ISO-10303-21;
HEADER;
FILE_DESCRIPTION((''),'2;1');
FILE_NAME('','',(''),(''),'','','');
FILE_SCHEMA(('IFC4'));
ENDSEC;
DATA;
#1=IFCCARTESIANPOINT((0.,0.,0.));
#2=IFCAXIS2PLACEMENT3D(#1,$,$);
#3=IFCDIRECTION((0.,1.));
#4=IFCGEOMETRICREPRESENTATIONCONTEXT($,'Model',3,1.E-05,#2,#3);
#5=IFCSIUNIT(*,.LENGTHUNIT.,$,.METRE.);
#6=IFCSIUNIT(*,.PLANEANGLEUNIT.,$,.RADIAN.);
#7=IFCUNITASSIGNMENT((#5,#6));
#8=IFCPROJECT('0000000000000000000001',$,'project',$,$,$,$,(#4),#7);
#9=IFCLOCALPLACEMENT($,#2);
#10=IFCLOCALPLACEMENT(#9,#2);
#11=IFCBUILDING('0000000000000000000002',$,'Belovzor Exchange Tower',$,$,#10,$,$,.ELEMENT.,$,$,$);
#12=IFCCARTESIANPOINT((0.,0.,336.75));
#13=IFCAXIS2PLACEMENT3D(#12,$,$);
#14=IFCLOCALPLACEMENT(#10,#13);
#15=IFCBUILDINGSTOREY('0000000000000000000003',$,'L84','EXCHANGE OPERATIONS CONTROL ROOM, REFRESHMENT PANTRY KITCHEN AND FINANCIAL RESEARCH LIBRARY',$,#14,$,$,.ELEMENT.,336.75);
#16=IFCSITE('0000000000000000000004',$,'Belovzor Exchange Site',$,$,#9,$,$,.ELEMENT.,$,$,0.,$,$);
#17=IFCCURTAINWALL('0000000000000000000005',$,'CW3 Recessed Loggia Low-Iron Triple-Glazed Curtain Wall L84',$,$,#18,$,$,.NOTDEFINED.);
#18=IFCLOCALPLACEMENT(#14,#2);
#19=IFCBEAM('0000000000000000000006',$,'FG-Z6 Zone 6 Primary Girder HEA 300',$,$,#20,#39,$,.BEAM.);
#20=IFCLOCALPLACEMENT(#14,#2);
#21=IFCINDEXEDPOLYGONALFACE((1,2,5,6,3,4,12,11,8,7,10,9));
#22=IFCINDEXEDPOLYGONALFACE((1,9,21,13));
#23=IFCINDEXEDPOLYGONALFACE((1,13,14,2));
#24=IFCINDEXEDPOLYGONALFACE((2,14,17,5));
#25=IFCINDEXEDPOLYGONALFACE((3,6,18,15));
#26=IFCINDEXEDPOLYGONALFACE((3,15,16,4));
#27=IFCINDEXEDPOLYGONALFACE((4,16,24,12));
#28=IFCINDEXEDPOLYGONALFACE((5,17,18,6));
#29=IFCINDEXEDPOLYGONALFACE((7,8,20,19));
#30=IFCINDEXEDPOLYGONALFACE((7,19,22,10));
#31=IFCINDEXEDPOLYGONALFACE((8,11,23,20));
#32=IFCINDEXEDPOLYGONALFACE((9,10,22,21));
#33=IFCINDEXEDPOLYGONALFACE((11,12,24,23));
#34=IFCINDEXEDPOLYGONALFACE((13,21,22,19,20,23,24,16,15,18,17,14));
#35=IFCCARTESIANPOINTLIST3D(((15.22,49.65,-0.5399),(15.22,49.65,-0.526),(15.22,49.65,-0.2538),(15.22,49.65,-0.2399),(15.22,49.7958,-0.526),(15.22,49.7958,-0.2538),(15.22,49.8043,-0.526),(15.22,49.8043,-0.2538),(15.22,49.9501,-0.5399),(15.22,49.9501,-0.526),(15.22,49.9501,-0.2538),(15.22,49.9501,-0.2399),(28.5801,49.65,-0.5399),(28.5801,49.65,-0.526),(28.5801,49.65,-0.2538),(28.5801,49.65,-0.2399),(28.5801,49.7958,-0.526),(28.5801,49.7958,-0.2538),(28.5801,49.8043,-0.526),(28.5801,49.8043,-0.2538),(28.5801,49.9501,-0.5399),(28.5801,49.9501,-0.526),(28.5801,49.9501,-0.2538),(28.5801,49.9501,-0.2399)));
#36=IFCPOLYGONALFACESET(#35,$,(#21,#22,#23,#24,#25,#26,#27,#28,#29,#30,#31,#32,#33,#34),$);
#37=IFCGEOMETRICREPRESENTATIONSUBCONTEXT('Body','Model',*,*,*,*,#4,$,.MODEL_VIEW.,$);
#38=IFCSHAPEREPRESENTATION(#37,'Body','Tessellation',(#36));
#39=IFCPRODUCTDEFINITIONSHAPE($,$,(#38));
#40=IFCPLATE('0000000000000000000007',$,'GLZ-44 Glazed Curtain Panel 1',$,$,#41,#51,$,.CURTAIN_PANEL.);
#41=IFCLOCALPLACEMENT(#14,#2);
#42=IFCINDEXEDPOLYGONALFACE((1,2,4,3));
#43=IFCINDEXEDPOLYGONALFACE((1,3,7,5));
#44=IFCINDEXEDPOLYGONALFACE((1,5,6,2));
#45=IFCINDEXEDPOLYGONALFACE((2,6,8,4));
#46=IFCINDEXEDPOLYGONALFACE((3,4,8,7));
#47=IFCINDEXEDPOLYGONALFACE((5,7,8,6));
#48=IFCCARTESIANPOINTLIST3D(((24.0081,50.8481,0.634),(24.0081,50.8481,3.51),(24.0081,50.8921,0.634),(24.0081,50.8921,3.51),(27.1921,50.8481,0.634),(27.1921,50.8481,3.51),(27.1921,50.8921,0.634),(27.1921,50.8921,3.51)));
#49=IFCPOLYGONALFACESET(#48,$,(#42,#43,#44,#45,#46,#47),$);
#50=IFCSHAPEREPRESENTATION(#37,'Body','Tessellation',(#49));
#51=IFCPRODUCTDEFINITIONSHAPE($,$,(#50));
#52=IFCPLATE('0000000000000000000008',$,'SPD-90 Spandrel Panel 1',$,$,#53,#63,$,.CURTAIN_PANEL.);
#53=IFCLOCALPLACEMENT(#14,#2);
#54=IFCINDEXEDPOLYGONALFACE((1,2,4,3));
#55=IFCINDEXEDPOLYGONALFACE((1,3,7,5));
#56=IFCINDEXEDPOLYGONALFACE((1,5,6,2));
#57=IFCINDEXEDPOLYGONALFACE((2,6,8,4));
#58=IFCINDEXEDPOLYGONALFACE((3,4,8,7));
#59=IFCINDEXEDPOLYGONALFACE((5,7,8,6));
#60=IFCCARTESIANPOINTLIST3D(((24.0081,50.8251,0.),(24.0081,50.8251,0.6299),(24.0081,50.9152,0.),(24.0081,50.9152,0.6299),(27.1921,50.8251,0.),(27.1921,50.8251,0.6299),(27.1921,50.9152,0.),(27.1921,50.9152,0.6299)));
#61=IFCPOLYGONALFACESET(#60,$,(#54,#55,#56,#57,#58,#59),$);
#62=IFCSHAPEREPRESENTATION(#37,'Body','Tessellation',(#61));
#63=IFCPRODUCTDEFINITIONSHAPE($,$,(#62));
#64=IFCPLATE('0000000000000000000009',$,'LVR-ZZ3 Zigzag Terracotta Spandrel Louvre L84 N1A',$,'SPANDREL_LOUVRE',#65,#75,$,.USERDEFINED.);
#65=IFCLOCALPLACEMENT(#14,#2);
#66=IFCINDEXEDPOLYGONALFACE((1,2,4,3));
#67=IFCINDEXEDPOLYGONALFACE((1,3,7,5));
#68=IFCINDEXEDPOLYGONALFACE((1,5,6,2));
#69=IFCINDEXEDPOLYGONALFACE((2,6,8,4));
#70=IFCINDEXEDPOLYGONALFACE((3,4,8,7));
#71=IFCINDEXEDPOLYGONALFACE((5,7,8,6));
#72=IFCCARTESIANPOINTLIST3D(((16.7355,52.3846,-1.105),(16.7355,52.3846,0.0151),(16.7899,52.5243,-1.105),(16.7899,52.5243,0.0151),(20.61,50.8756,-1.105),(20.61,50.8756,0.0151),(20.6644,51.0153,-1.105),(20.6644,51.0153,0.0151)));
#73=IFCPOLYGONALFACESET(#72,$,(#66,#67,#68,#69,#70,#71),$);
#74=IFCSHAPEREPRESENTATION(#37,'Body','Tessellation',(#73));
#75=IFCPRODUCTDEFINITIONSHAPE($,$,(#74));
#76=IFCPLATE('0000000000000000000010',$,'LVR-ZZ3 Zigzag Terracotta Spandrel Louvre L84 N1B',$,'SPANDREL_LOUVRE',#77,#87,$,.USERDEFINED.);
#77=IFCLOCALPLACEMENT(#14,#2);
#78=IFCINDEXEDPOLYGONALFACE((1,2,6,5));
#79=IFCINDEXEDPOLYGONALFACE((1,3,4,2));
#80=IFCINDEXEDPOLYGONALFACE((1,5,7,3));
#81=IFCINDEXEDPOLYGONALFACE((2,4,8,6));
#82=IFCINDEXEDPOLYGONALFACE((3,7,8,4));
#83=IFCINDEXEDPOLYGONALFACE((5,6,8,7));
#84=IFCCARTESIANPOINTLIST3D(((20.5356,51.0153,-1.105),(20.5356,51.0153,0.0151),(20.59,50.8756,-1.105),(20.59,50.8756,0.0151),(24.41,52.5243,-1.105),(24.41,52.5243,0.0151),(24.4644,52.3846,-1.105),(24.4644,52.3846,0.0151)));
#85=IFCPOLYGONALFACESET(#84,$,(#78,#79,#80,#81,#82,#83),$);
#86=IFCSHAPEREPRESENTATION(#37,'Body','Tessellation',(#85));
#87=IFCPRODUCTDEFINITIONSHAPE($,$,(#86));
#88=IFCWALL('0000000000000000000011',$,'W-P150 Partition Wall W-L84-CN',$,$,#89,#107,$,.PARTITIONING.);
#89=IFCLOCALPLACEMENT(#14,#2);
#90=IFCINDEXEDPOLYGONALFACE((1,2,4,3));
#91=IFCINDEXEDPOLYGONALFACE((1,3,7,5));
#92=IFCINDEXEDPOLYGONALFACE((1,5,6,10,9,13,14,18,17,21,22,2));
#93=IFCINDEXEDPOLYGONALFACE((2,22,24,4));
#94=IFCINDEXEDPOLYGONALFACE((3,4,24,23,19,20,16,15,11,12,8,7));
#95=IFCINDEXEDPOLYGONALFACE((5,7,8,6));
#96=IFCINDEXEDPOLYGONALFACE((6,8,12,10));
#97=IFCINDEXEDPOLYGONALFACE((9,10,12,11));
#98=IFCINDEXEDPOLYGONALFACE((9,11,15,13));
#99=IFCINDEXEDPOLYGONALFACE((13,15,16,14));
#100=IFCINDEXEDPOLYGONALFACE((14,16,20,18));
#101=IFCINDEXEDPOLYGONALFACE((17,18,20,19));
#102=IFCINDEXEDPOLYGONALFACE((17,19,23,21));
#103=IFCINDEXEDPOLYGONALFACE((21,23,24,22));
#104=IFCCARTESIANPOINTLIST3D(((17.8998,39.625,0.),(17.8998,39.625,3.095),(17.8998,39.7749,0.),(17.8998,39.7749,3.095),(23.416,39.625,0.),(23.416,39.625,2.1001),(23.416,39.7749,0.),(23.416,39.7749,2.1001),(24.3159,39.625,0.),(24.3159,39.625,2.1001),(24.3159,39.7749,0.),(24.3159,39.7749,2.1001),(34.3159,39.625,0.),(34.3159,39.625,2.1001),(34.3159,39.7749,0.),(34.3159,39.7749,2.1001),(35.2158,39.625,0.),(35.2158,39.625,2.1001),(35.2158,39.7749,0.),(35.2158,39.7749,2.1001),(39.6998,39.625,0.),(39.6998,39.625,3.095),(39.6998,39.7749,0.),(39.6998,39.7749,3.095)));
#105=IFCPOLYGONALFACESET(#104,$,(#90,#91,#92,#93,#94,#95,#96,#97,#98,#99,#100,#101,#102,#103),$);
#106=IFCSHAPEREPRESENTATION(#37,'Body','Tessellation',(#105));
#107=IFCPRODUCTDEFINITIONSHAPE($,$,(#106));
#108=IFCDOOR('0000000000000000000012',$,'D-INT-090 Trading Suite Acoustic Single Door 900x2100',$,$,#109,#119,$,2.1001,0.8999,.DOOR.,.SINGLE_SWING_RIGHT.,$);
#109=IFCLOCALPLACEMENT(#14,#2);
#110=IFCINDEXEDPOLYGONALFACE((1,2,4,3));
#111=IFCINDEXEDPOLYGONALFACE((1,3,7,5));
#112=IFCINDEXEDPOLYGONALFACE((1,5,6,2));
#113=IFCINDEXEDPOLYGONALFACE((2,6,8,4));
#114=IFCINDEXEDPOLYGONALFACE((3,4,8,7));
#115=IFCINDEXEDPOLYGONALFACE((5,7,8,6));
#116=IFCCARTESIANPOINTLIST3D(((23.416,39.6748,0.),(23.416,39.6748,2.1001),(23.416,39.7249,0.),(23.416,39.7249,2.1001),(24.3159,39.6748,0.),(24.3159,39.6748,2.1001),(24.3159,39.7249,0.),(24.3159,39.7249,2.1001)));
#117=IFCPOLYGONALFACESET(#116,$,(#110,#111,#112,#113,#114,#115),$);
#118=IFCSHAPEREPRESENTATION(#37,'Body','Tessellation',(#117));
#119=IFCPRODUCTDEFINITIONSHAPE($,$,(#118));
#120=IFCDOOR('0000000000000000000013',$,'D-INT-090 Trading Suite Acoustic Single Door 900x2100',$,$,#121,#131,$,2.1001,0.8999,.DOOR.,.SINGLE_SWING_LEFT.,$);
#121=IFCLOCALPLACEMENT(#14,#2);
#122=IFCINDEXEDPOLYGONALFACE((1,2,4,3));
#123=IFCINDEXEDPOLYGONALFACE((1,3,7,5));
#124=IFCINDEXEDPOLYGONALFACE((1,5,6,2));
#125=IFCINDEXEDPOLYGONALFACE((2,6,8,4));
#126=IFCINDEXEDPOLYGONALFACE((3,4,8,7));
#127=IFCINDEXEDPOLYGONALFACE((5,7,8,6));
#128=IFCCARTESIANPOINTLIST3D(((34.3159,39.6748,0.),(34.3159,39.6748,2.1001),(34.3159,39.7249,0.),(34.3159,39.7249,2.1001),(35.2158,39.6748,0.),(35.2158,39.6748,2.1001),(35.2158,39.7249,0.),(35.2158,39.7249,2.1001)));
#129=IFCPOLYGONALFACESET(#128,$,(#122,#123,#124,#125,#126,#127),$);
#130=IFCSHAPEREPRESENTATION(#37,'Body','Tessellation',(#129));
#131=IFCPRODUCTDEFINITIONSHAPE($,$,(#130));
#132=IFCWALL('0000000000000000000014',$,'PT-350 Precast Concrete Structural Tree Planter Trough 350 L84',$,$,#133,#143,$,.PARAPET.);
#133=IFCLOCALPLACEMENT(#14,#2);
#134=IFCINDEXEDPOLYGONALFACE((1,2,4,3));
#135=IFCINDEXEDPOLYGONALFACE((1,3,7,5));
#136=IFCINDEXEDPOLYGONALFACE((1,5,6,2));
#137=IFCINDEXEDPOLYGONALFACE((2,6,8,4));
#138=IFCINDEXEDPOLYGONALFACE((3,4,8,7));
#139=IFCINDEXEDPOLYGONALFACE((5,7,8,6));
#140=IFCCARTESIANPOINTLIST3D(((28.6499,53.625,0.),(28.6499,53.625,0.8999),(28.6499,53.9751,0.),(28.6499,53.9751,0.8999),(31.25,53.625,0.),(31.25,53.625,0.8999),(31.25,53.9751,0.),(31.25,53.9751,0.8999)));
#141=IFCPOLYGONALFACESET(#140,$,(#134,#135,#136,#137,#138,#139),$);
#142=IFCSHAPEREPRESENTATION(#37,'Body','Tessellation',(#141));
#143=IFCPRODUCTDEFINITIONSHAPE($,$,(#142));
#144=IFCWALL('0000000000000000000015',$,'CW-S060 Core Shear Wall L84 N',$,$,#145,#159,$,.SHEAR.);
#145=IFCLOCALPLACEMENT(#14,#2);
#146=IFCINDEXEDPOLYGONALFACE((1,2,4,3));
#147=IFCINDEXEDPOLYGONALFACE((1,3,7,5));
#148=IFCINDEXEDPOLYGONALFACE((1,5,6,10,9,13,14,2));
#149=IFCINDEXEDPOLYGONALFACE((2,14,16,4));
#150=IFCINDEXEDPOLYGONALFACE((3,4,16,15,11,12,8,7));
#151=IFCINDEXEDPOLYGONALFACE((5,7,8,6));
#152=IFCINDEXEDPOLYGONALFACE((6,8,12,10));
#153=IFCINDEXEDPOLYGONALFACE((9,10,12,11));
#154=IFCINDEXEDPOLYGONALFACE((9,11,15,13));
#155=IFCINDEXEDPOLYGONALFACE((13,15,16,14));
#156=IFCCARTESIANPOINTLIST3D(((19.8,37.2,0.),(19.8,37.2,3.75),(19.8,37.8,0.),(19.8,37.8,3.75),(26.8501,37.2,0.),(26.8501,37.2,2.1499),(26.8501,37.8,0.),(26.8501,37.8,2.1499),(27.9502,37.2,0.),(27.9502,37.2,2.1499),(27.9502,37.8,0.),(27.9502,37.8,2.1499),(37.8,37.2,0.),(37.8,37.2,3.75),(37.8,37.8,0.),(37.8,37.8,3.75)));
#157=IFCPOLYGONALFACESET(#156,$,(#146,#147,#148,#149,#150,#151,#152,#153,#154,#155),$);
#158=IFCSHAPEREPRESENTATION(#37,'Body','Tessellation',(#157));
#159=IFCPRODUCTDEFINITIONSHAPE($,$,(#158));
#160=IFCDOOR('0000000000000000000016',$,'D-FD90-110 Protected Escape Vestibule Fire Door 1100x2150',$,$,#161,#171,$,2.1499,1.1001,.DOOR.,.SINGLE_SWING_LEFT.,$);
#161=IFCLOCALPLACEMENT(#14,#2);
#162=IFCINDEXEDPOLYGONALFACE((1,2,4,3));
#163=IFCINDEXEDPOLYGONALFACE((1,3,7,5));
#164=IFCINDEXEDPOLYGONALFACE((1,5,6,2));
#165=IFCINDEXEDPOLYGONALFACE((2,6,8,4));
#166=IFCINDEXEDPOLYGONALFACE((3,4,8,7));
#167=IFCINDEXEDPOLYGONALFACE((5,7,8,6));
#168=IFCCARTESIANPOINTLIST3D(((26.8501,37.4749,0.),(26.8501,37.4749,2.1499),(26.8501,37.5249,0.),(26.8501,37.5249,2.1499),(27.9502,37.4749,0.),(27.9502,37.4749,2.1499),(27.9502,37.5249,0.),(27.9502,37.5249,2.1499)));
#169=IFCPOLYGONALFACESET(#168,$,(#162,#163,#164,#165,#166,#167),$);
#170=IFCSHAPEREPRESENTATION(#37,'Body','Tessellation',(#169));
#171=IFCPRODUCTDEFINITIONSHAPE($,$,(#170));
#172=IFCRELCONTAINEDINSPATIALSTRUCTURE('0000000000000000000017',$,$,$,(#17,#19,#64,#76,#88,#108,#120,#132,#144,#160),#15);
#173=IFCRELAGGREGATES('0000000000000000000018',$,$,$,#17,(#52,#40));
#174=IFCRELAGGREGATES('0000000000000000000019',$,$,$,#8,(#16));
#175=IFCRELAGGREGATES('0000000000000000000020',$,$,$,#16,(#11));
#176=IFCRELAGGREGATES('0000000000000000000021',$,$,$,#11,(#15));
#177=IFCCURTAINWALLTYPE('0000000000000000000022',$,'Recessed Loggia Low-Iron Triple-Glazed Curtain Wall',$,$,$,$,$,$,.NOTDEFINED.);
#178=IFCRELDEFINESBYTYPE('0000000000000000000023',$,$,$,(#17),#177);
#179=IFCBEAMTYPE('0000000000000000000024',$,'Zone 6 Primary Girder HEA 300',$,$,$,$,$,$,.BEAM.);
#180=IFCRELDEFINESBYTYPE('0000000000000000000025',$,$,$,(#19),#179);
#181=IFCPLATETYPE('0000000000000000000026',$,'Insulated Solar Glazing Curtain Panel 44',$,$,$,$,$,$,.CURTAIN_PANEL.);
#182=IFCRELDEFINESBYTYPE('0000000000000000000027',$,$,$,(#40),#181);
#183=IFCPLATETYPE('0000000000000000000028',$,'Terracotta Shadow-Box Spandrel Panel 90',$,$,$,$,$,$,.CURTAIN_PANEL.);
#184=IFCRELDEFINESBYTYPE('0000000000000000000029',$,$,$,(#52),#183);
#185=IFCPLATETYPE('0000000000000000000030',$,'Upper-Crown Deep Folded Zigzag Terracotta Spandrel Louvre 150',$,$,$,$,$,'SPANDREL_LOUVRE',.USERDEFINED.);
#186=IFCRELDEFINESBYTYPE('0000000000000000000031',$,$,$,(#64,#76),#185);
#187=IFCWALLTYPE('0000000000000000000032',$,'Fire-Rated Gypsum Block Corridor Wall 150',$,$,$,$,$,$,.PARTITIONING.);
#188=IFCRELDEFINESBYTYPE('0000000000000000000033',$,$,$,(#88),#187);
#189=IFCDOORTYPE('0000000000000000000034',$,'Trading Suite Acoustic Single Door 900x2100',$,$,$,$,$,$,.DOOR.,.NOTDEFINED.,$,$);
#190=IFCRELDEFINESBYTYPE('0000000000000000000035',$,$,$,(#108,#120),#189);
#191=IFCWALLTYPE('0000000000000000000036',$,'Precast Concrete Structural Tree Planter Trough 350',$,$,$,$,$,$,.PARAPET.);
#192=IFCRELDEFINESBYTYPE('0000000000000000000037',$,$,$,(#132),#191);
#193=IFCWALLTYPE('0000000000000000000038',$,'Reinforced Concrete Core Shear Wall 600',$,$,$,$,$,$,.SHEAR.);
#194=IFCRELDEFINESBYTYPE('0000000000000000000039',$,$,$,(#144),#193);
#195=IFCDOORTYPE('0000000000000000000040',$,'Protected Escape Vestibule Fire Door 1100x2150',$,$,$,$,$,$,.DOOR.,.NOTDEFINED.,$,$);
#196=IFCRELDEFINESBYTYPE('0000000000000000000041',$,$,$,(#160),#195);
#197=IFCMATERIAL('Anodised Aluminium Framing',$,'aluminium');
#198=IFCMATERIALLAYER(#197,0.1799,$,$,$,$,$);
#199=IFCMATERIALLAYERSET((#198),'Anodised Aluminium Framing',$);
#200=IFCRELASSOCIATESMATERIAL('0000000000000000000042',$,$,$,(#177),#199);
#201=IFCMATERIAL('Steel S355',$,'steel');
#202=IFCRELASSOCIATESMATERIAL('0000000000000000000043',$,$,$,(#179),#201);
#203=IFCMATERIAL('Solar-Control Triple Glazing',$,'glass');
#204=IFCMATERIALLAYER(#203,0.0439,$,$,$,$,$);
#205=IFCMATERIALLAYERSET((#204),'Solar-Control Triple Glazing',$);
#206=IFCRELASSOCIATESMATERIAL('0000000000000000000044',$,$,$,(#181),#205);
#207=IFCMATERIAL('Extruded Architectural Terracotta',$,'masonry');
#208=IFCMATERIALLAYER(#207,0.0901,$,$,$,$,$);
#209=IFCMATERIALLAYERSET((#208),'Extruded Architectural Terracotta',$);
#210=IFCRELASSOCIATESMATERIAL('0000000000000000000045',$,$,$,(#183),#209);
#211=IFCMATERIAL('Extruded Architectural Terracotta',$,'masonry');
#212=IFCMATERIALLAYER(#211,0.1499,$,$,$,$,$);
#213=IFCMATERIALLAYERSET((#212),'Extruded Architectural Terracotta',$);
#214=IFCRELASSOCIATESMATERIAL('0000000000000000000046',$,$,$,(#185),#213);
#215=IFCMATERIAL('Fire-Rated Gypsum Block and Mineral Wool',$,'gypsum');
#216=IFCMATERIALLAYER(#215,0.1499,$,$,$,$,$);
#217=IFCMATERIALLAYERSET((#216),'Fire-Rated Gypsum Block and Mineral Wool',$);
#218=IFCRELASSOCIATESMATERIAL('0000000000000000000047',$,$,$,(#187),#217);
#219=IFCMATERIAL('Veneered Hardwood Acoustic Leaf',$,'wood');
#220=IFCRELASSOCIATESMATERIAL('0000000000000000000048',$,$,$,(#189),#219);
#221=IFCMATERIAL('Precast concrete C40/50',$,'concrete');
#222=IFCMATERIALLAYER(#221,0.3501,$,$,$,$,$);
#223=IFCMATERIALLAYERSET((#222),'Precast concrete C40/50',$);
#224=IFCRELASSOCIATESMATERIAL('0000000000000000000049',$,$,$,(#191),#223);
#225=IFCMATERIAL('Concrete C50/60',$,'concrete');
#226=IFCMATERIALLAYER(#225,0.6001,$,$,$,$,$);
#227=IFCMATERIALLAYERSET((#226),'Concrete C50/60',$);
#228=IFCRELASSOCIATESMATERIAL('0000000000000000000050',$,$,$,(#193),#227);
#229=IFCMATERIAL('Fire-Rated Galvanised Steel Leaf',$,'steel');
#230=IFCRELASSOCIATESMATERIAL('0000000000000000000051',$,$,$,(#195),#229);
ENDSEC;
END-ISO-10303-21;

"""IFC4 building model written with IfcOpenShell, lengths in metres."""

from ifc_helpers import new_model, si_unit, direction, frame, frame_2d, origin, origin_2d, place, context, subcontext, project, spatial, rectangle, i_section, extrude, material, layer, layer_set, material_profile, profile_set, type_object, element, fill, aggregate, save


model = new_model("IFC4")

# Units and contexts
model_context = context("Model", 3, precision=1e-05, world=origin(), true_north=direction((0.0, 1.0)))
body_context = subcontext(model_context, "Body", "Model", "MODEL_VIEW")
ifc_project = project(units=[si_unit("LENGTHUNIT", "METRE"), si_unit("PLANEANGLEUNIT", "RADIAN")], contexts=[model_context])

# Site, building, storey
site_placement = place(None, origin())
site = spatial("IfcSite", under=ifc_project, at=site_placement, Name="Belovzor Exchange Site", CompositionType="ELEMENT", RefElevation=0.0)
building_placement = place(site_placement, origin())
building = spatial("IfcBuilding", under=site, at=building_placement, Name="Belovzor Exchange Tower", CompositionType="ELEMENT")
storey_placement = place(building_placement, frame((0.0, 0.0, 336.75)))
storey = spatial("IfcBuildingStorey", under=building, at=storey_placement, Name="L84", Description="EXCHANGE OPERATIONS CONTROL ROOM, REFRESHMENT PANTRY KITCHEN AND FINANCIAL RESEARCH LIBRARY", CompositionType="ELEMENT", Elevation=336.75)

# Curtain wall
ifc_material_1 = material(Name="Anodised Aluminium Framing", Category="aluminium")
ifc_layer_1 = layer(ifc_material_1, 0.1799)
ifc_layer_set_1 = layer_set([ifc_layer_1], Name="Anodised Aluminium Framing")
curtain_wall_type = type_object("IfcCurtainWallType", Name="Recessed Loggia Low-Iron Triple-Glazed Curtain Wall", PredefinedType="NOTDEFINED", material=ifc_layer_set_1)
curtain_wall_placement = place(storey_placement, origin())
curtain_wall = element("IfcCurtainWall", 1, at=curtain_wall_placement, inside=storey, type_object=curtain_wall_type, Name="CW3 Recessed Loggia Low-Iron Triple-Glazed Curtain Wall L84", PredefinedType="NOTDEFINED")

# Beam
ifc_material_2 = material(Name="Steel S355", Category="steel")
ifc_material_profile_1 = material_profile(ifc_material_2, i_section(OverallWidth=0.3, OverallDepth=0.3, WebThickness=0.0085, FlangeThickness=0.0139, at=origin_2d()))
ifc_profile_set_1 = profile_set([ifc_material_profile_1], Name="Steel S355")
beam_type_1 = type_object("IfcBeamType", Name="Zone 6 Primary Girder HEA 300", PredefinedType="BEAM", material=ifc_profile_set_1)
beam_1_placement = place(storey_placement, frame((28.5801, 49.8, -0.3899), z_axis=(-1.0, 0.0, 0.0), x_axis=(0.0, -1.0, 0.0)))
element("IfcBeam", 2, at=beam_1_placement, inside=storey, type_object=beam_type_1, Name="FG-Z6 Zone 6 Primary Girder HEA 300", PredefinedType="BEAM", context=body_context, shape_type="SweptSolid", body=[
    extrude(i_section(OverallWidth=0.3, OverallDepth=0.3, WebThickness=0.0085, FlangeThickness=0.0139, at=origin_2d()), origin(), (0.0, 0.0, 1.0), 13.3601),
])

# Plates
ifc_material_3 = material(Name="Solar-Control Triple Glazing", Category="glass")
ifc_layer_2 = layer(ifc_material_3, 0.0439)
ifc_layer_set_2 = layer_set([ifc_layer_2], Name="Solar-Control Triple Glazing")
plate_type_1 = type_object("IfcPlateType", Name="Insulated Solar Glazing Curtain Panel 44", PredefinedType="CURTAIN_PANEL", material=ifc_layer_set_2)
plate_1_placement = place(storey_placement, frame((25.6001, 50.8701, 0.634), z_axis=(0.0, 0.0, 1.0), x_axis=(1.0, 0.0, 0.0)))
plate_1 = element("IfcPlate", 3, at=plate_1_placement, type_object=plate_type_1, Name="GLZ-44 Glazed Curtain Panel 1", PredefinedType="CURTAIN_PANEL", context=body_context, shape_type="SweptSolid", body=[
    extrude(rectangle(XDim=3.1841, YDim=0.0439, at=origin_2d()), origin(), (0.0, 0.0, 1.0), 2.876),
])
ifc_material_4 = material(Name="Extruded Architectural Terracotta", Category="masonry")
ifc_layer_3 = layer(ifc_material_4, 0.0901)
ifc_layer_set_3 = layer_set([ifc_layer_3], Name="Extruded Architectural Terracotta")
plate_type_2 = type_object("IfcPlateType", Name="Terracotta Shadow-Box Spandrel Panel 90", PredefinedType="CURTAIN_PANEL", material=ifc_layer_set_3)
plate_2_placement = place(storey_placement, frame((25.6001, 50.8701, 0.0), z_axis=(0.0, 0.0, 1.0), x_axis=(1.0, 0.0, 0.0)))
plate_2 = element("IfcPlate", 4, at=plate_2_placement, type_object=plate_type_2, Name="SPD-90 Spandrel Panel 1", PredefinedType="CURTAIN_PANEL", context=body_context, shape_type="SweptSolid", body=[
    extrude(rectangle(XDim=3.1841, YDim=0.0901, at=origin_2d()), origin(), (0.0, 0.0, 1.0), 0.6299),
])
aggregate(curtain_wall, [plate_2, plate_1])

# Plates
ifc_material_5 = material(Name="Extruded Architectural Terracotta", Category="masonry")
ifc_layer_4 = layer(ifc_material_5, 0.1499)
ifc_layer_set_4 = layer_set([ifc_layer_4], Name="Extruded Architectural Terracotta")
plate_type_3 = type_object("IfcPlateType", Name="Upper-Crown Deep Folded Zigzag Terracotta Spandrel Louvre 150", ElementType="SPANDREL_LOUVRE", PredefinedType="USERDEFINED", material=ifc_layer_set_4)
for number, where, z_axis, x_axis, name in (
    (5, (18.7, 51.7, -1.105), (0.0, 0.0, 1.0), (0.931818, -0.362926, 0.0), "LVR-ZZ3 Zigzag Terracotta Spandrel Louvre L84 N1A"),
    (6, (22.5, 51.7, -1.105), (0.0, 0.0, 1.0), (0.931818, 0.362926, 0.0), "LVR-ZZ3 Zigzag Terracotta Spandrel Louvre L84 N1B"),
):
    element("IfcPlate", number, at=place(storey_placement, frame(where, z_axis=z_axis, x_axis=x_axis)), inside=storey, type_object=plate_type_3, Name=name, ObjectType="SPANDREL_LOUVRE", PredefinedType="USERDEFINED", context=body_context, shape_type="SweptSolid", body=[
        extrude(rectangle(XDim=4.158, YDim=0.1499, at=origin_2d()), origin(), (0.0, 0.0, 1.0), 1.1201),
    ])

# Wall, openings, doors
ifc_material_6 = material(Name="Fire-Rated Gypsum Block and Mineral Wool", Category="gypsum")
ifc_layer_5 = layer(ifc_material_6, 0.1499)
ifc_layer_set_5 = layer_set([ifc_layer_5], Name="Fire-Rated Gypsum Block and Mineral Wool")
wall_type_1 = type_object("IfcWallType", Name="Fire-Rated Gypsum Block Corridor Wall 150", PredefinedType="PARTITIONING", material=ifc_layer_set_5)
wall_1_placement = place(storey_placement, frame((17.8999, 39.7, 0.0), z_axis=(0.0, 0.0, 1.0), x_axis=(1.0, 0.0, 0.0)))
wall_1 = element("IfcWall", 7, at=wall_1_placement, inside=storey, type_object=wall_type_1, Name="W-P150 Partition Wall W-L84-CN", PredefinedType="PARTITIONING", context=body_context, shape_type="SweptSolid", body=[
    extrude(rectangle(XDim=21.8, YDim=0.1499, at=frame_2d((10.8999, 0.0))), origin(), (0.0, 0.0, 1.0), 3.095),
])
opening_1_placement = place(wall_1_placement, frame((5.5161, 0.0, 0.0)))
opening_1 = element("IfcOpeningElement", 8, at=opening_1_placement, cuts=wall_1, PredefinedType="OPENING", context=body_context, shape_type="SweptSolid", body=[
    extrude(rectangle(XDim=0.8999, YDim=2.1001, at=frame_2d((0.45, 1.05))), frame((0.0, 0.085, 0.0), z_axis=(0.0, -1.0, 0.0), x_axis=(1.0, 0.0, 0.0)), (0.0, 0.0, 1.0), 0.1699),
])
opening_2_placement = place(wall_1_placement, frame((16.416, 0.0, 0.0)))
opening_2 = element("IfcOpeningElement", 9, at=opening_2_placement, cuts=wall_1, PredefinedType="OPENING", context=body_context, shape_type="SweptSolid", body=[
    extrude(rectangle(XDim=0.8999, YDim=2.1001, at=frame_2d((0.45, 1.05))), frame((0.0, 0.085, 0.0), z_axis=(0.0, -1.0, 0.0), x_axis=(1.0, 0.0, 0.0)), (0.0, 0.0, 1.0), 0.1699),
])
ifc_material_7 = material(Name="Veneered Hardwood Acoustic Leaf", Category="wood")
door_type_1 = type_object("IfcDoorType", Name="Trading Suite Acoustic Single Door 900x2100", OperationType="NOTDEFINED", PredefinedType="DOOR", material=ifc_material_7)
door_1_placement = place(opening_1_placement, origin())
door_1 = element("IfcDoor", 10, at=door_1_placement, inside=storey, type_object=door_type_1, Name="D-INT-090 Trading Suite Acoustic Single Door 900x2100", OperationType="SINGLE_SWING_RIGHT", OverallHeight=2.1001, OverallWidth=0.8999, PredefinedType="DOOR", context=body_context, shape_type="SweptSolid", body=[
    extrude(rectangle(XDim=0.8999, YDim=2.1001, at=frame_2d((0.45, 1.05))), frame((0.0, 0.0249, 0.0), z_axis=(0.0, -1.0, 0.0), x_axis=(1.0, 0.0, 0.0)), (0.0, 0.0, 1.0), 0.05),
])
fill(opening_1, door_1)
door_2_placement = place(opening_2_placement, origin())
door_2 = element("IfcDoor", 11, at=door_2_placement, inside=storey, type_object=door_type_1, Name="D-INT-090 Trading Suite Acoustic Single Door 900x2100", OperationType="SINGLE_SWING_LEFT", OverallHeight=2.1001, OverallWidth=0.8999, PredefinedType="DOOR", context=body_context, shape_type="SweptSolid", body=[
    extrude(rectangle(XDim=0.8999, YDim=2.1001, at=frame_2d((0.45, 1.05))), frame((0.0, 0.0249, 0.0), z_axis=(0.0, -1.0, 0.0), x_axis=(1.0, 0.0, 0.0)), (0.0, 0.0, 1.0), 0.05),
])
fill(opening_2, door_2)

# Wall
ifc_material_8 = material(Name="Precast concrete C40/50", Category="concrete")
ifc_layer_6 = layer(ifc_material_8, 0.3501)
ifc_layer_set_6 = layer_set([ifc_layer_6], Name="Precast concrete C40/50")
wall_type_2 = type_object("IfcWallType", Name="Precast Concrete Structural Tree Planter Trough 350", PredefinedType="PARAPET", material=ifc_layer_set_6)
wall_2_placement = place(storey_placement, frame((28.6499, 53.8, 0.0), z_axis=(0.0, 0.0, 1.0), x_axis=(1.0, 0.0, 0.0)))
element("IfcWall", 12, at=wall_2_placement, inside=storey, type_object=wall_type_2, Name="PT-350 Precast Concrete Structural Tree Planter Trough 350 L84", PredefinedType="PARAPET", context=body_context, shape_type="SweptSolid", body=[
    extrude(rectangle(XDim=2.6001, YDim=0.3501, at=frame_2d((1.3, 0.0))), origin(), (0.0, 0.0, 1.0), 0.8999),
])

# Wall, opening, door
ifc_material_9 = material(Name="Concrete C50/60", Category="concrete")
ifc_layer_7 = layer(ifc_material_9, 0.6001)
ifc_layer_set_7 = layer_set([ifc_layer_7], Name="Concrete C50/60")
wall_type_3 = type_object("IfcWallType", Name="Reinforced Concrete Core Shear Wall 600", PredefinedType="SHEAR", material=ifc_layer_set_7)
wall_3_placement = place(storey_placement, frame((19.8, 37.5, 0.0), z_axis=(0.0, 0.0, 1.0), x_axis=(1.0, 0.0, 0.0)))
wall_3 = element("IfcWall", 13, at=wall_3_placement, inside=storey, type_object=wall_type_3, Name="CW-S060 Core Shear Wall L84 N", PredefinedType="SHEAR", context=body_context, shape_type="SweptSolid", body=[
    extrude(rectangle(XDim=18.0, YDim=0.6001, at=frame_2d((9.0, 0.0))), origin(), (0.0, 0.0, 1.0), 3.75),
])
opening_3_placement = place(wall_3_placement, frame((7.05, 0.0, 0.0)))
opening_3 = element("IfcOpeningElement", 14, at=opening_3_placement, cuts=wall_3, PredefinedType="OPENING", context=body_context, shape_type="SweptSolid", body=[
    extrude(rectangle(XDim=1.1001, YDim=2.1499, at=frame_2d((0.55, 1.075))), frame((0.0, 0.3101, 0.0), z_axis=(0.0, -1.0, 0.0), x_axis=(1.0, 0.0, 0.0)), (0.0, 0.0, 1.0), 0.6201),
])
ifc_material_10 = material(Name="Fire-Rated Galvanised Steel Leaf", Category="steel")
door_type_2 = type_object("IfcDoorType", Name="Protected Escape Vestibule Fire Door 1100x2150", OperationType="NOTDEFINED", PredefinedType="DOOR", material=ifc_material_10)
door_3_placement = place(opening_3_placement, origin())
door_3 = element("IfcDoor", 15, at=door_3_placement, inside=storey, type_object=door_type_2, Name="D-FD90-110 Protected Escape Vestibule Fire Door 1100x2150", OperationType="SINGLE_SWING_LEFT", OverallHeight=2.1499, OverallWidth=1.1001, PredefinedType="DOOR", context=body_context, shape_type="SweptSolid", body=[
    extrude(rectangle(XDim=1.1001, YDim=2.1499, at=frame_2d((0.55, 1.075))), frame((0.0, 0.0249, 0.0), z_axis=(0.0, -1.0, 0.0), x_axis=(1.0, 0.0, 0.0)), (0.0, 0.0, 1.0), 0.05),
])
fill(opening_3, door_3)

save(model, "model.ifc")
